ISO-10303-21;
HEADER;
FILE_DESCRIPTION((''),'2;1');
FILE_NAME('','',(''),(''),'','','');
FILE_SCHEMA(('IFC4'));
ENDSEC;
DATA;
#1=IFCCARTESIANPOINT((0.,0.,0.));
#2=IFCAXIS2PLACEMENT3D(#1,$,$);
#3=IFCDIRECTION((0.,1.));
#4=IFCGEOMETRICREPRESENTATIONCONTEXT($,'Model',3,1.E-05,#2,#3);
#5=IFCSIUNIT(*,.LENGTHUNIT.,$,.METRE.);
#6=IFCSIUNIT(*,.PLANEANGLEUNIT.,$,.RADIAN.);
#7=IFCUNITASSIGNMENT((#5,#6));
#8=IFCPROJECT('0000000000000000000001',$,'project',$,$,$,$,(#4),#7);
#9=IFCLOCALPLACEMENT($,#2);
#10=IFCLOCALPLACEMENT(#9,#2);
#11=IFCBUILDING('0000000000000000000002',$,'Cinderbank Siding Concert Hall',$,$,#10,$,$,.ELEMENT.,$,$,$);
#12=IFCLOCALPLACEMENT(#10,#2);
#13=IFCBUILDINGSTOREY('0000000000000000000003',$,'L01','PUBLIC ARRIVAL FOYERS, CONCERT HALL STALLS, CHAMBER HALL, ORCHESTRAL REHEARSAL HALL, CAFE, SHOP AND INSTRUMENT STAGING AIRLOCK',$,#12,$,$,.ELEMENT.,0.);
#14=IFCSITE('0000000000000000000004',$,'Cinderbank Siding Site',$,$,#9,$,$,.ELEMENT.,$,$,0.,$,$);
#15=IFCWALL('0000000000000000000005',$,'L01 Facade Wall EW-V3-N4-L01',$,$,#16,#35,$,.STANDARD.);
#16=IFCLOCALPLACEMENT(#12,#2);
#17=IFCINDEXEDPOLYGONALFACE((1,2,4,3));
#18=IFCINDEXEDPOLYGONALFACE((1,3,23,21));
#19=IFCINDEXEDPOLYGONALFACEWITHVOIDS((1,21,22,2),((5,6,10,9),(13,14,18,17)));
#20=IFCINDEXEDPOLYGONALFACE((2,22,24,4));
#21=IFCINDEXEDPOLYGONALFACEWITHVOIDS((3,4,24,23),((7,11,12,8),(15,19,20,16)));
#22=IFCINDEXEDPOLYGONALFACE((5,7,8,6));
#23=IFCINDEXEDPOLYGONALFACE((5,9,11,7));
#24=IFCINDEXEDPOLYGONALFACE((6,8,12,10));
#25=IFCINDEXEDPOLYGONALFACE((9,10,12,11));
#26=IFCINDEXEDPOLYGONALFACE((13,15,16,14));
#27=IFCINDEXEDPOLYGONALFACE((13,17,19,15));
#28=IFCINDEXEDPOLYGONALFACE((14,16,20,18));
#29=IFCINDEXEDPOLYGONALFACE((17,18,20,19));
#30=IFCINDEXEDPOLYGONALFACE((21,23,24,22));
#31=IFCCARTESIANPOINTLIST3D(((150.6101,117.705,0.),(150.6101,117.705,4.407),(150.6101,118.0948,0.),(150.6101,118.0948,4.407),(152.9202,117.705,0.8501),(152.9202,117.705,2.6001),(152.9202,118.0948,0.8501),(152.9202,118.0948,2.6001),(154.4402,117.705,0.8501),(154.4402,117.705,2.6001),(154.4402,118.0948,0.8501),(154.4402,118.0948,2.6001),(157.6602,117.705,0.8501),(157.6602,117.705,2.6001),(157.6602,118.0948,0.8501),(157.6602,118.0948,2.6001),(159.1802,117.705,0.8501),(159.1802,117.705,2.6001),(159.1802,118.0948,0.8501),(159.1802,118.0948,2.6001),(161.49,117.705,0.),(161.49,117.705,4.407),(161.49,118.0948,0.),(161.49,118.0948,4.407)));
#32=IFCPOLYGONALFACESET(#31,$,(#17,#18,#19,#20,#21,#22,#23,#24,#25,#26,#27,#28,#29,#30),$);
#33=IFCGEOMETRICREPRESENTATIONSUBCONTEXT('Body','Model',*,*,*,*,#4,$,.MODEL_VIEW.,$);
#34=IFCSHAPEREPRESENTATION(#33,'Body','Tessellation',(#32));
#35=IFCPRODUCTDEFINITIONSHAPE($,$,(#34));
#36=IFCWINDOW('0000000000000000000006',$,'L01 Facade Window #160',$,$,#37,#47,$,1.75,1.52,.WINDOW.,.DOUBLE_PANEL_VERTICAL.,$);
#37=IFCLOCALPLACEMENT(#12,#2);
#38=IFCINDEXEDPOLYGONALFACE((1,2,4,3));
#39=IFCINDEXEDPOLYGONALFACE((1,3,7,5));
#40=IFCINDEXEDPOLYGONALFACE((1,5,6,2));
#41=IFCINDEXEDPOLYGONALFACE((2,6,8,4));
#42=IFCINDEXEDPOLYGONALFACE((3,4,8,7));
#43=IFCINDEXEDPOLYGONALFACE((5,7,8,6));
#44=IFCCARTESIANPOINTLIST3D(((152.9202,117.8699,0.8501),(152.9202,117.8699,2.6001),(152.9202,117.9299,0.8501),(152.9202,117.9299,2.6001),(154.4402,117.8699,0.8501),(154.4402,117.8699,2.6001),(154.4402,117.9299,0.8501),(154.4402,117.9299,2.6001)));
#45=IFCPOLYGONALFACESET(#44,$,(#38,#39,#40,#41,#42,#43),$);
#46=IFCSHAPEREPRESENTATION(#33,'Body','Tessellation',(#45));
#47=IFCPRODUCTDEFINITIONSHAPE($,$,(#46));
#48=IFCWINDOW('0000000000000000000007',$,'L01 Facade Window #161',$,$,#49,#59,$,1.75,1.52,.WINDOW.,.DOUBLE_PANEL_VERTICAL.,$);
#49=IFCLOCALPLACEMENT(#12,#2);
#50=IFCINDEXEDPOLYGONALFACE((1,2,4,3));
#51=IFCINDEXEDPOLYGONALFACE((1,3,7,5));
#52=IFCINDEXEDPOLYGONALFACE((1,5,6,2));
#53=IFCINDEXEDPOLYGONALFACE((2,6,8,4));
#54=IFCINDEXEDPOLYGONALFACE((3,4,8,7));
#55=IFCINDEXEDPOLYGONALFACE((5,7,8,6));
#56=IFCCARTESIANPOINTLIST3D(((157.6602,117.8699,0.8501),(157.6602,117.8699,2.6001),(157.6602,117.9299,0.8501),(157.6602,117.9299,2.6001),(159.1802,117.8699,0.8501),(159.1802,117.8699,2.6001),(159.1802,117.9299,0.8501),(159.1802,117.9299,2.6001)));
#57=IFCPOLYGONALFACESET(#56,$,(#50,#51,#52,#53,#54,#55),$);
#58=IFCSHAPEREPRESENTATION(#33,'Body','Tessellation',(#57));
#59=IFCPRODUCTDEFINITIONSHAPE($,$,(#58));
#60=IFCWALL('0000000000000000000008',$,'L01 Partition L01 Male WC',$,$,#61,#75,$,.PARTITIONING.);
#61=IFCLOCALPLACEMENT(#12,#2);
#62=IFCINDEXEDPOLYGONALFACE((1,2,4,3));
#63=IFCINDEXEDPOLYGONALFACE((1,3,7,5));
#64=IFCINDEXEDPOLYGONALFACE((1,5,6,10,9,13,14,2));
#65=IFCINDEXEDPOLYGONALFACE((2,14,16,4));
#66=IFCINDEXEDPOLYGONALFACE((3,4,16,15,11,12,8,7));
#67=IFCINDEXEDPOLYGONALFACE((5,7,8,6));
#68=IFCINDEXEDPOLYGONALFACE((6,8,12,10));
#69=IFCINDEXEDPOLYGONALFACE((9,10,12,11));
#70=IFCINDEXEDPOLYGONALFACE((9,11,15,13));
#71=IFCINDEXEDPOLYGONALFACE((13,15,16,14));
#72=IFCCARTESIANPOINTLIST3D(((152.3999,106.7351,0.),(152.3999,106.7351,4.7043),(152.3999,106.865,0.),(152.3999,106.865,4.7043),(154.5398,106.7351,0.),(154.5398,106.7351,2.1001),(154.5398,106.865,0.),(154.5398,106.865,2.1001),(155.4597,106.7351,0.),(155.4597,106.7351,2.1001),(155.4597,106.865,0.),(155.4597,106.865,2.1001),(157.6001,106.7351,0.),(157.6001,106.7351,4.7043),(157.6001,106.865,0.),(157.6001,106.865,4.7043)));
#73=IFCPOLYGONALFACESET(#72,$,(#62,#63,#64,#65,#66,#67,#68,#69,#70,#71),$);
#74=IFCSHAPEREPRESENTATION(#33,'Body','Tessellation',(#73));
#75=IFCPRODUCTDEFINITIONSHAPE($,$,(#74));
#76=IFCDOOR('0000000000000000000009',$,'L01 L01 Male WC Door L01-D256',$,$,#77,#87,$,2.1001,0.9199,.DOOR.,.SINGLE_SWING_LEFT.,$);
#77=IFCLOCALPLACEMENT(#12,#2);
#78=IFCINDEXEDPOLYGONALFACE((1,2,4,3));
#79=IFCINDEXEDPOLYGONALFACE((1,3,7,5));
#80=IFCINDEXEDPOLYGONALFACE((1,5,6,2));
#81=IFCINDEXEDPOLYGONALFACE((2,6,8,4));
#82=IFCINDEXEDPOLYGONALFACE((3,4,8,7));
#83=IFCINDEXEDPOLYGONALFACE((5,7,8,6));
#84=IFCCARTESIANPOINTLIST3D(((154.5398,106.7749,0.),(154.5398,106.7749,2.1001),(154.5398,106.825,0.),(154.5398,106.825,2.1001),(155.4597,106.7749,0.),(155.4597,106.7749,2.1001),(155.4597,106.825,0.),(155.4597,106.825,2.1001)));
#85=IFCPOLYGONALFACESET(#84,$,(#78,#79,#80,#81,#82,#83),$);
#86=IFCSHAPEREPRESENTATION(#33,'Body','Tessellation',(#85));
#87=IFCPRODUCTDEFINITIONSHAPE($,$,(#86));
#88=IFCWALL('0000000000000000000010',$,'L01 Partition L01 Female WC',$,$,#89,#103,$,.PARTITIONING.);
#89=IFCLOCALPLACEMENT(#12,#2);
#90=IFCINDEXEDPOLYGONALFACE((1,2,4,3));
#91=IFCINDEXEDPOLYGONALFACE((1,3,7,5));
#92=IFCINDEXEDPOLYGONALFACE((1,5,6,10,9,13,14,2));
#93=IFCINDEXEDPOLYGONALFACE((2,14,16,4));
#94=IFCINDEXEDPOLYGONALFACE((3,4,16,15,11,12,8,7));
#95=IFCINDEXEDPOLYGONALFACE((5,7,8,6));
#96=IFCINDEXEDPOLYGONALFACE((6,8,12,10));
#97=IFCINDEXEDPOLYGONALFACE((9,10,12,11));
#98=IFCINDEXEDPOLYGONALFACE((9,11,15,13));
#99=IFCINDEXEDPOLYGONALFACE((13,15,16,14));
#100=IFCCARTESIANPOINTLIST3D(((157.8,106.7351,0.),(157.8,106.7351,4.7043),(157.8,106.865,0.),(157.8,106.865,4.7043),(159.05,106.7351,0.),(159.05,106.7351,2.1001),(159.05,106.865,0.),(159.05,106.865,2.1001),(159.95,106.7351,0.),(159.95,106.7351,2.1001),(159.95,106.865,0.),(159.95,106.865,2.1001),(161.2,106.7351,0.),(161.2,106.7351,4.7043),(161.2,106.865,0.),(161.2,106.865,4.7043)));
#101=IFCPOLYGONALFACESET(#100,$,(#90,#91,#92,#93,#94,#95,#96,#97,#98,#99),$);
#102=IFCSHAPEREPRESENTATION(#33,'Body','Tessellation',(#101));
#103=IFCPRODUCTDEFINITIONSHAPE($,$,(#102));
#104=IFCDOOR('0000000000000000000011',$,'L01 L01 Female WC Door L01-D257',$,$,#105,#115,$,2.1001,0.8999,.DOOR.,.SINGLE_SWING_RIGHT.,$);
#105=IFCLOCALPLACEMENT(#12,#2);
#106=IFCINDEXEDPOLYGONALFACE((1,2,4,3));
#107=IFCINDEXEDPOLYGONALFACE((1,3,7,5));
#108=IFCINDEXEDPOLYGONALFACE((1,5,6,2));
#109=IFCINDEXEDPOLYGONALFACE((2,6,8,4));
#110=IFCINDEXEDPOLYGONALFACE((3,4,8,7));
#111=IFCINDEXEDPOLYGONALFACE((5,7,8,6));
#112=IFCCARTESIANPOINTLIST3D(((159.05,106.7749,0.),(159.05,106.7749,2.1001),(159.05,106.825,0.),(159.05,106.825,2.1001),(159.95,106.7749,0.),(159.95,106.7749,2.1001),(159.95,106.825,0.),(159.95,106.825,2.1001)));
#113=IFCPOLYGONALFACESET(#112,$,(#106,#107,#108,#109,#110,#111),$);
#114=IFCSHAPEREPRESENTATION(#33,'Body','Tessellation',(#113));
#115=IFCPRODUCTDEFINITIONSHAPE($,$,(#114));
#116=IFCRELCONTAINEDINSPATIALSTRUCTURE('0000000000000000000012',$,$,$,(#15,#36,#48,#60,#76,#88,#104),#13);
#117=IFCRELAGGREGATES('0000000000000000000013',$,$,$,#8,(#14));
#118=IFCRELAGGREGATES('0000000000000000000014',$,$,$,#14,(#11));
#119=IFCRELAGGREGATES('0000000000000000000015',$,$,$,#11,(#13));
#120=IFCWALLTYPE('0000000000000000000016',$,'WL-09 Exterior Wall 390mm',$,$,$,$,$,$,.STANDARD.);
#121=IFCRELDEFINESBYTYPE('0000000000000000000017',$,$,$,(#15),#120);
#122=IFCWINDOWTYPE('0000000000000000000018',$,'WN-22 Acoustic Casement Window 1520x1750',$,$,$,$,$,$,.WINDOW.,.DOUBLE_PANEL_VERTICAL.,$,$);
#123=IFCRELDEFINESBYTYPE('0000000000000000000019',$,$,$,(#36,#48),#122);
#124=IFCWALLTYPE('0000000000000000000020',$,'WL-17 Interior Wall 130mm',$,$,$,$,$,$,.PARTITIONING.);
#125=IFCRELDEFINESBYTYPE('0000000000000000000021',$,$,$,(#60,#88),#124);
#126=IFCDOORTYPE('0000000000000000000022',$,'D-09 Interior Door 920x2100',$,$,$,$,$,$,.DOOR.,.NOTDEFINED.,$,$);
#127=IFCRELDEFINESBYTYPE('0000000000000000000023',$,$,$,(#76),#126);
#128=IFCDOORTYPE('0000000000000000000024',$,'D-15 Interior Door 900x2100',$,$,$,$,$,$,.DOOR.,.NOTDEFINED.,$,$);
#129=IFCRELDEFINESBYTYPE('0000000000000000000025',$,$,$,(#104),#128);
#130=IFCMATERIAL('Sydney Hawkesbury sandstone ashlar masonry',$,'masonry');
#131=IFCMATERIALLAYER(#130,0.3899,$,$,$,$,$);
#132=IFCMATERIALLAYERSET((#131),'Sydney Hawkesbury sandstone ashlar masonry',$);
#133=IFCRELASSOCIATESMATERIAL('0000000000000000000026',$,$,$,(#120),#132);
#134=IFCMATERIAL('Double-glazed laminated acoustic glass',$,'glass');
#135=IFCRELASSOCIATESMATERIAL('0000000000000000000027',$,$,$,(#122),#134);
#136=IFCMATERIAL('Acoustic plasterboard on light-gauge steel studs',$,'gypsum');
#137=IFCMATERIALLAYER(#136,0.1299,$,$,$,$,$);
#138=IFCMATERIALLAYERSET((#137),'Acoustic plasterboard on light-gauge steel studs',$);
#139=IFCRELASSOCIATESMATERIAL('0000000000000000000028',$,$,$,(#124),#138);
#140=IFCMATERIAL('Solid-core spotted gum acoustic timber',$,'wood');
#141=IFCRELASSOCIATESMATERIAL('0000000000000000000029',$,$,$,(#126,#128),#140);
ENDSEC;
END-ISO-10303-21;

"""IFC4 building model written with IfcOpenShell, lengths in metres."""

from ifc_helpers import new_model, si_unit, direction, frame, frame_2d, origin, place, context, subcontext, project, spatial, rectangle, extrude, material, layer, layer_set, type_object, element, fill, save


model = new_model("IFC4")

# Units and contexts
model_context = context("Model", 3, precision=1e-05, world=origin(), true_north=direction((0.0, 1.0)))
body_context = subcontext(model_context, "Body", "Model", "MODEL_VIEW")
ifc_project = project(units=[si_unit("LENGTHUNIT", "METRE"), si_unit("PLANEANGLEUNIT", "RADIAN")], contexts=[model_context])

# Site, building, storey
site_placement = place(None, origin())
site = spatial("IfcSite", under=ifc_project, at=site_placement, Name="Cinderbank Siding Site", CompositionType="ELEMENT", RefElevation=0.0)
building_placement = place(site_placement, origin())
building = spatial("IfcBuilding", under=site, at=building_placement, Name="Cinderbank Siding Concert Hall", CompositionType="ELEMENT")
storey_placement = place(building_placement, origin())
storey = spatial("IfcBuildingStorey", under=building, at=storey_placement, Name="L01", Description="PUBLIC ARRIVAL FOYERS, CONCERT HALL STALLS, CHAMBER HALL, ORCHESTRAL REHEARSAL HALL, CAFE, SHOP AND INSTRUMENT STAGING AIRLOCK", CompositionType="ELEMENT", Elevation=0.0)

# Wall, openings, windows
ifc_material_1 = material(Name="Sydney Hawkesbury sandstone ashlar masonry", Category="masonry")
ifc_layer_1 = layer(ifc_material_1, 0.3899)
ifc_layer_set_1 = layer_set([ifc_layer_1], Name="Sydney Hawkesbury sandstone ashlar masonry")
wall_type_1 = type_object("IfcWallType", Name="WL-09 Exterior Wall 390mm", PredefinedType="STANDARD", material=ifc_layer_set_1)
wall_1_placement = place(storey_placement, frame((150.6101, 117.8999, 0.0), z_axis=(0.0, 0.0, 1.0), x_axis=(1.0, 0.0, 0.0)))
wall_1 = element("IfcWall", 1, at=wall_1_placement, inside=storey, type_object=wall_type_1, Name="L01 Facade Wall EW-V3-N4-L01", PredefinedType="STANDARD", context=body_context, shape_type="SweptSolid", body=[
    extrude(rectangle(XDim=10.8799, YDim=0.3899, at=frame_2d((5.4399, 0.0))), origin(), (0.0, 0.0, 1.0), 4.407),
])
opening_1_placement = place(wall_1_placement, frame((2.3101, 0.0, 0.8501)))
opening_1 = element("IfcOpeningElement", 2, at=opening_1_placement, cuts=wall_1, PredefinedType="OPENING", context=body_context, shape_type="SweptSolid", body=[
    extrude(rectangle(XDim=1.52, YDim=1.75, at=frame_2d((0.76, 0.875))), frame((0.0, 0.207, 0.0), z_axis=(0.0, -1.0, 0.0), x_axis=(1.0, 0.0, 0.0)), (0.0, 0.0, 1.0), 0.4138),
])
opening_2_placement = place(wall_1_placement, frame((7.05, 0.0, 0.8501)))
opening_2 = element("IfcOpeningElement", 3, at=opening_2_placement, cuts=wall_1, PredefinedType="OPENING", context=body_context, shape_type="SweptSolid", body=[
    extrude(rectangle(XDim=1.52, YDim=1.75, at=frame_2d((0.76, 0.875))), frame((0.0, 0.207, 0.0), z_axis=(0.0, -1.0, 0.0), x_axis=(1.0, 0.0, 0.0)), (0.0, 0.0, 1.0), 0.4138),
])
ifc_material_2 = material(Name="Double-glazed laminated acoustic glass", Category="glass")
window_type = type_object("IfcWindowType", Name="WN-22 Acoustic Casement Window 1520x1750", PartitioningType="DOUBLE_PANEL_VERTICAL", PredefinedType="WINDOW", material=ifc_material_2)
window_1_placement = place(opening_1_placement, origin())
window_1 = element("IfcWindow", 4, at=window_1_placement, inside=storey, type_object=window_type, Name="L01 Facade Window #160", OverallHeight=1.75, OverallWidth=1.52, PartitioningType="DOUBLE_PANEL_VERTICAL", PredefinedType="WINDOW", context=body_context, shape_type="SweptSolid", body=[
    extrude(rectangle(XDim=1.52, YDim=1.75, at=frame_2d((0.76, 0.875))), frame((0.0, 0.03, 0.0), z_axis=(0.0, -1.0, 0.0), x_axis=(1.0, 0.0, 0.0)), (0.0, 0.0, 1.0), 0.0601),
])
fill(opening_1, window_1)
window_2_placement = place(opening_2_placement, origin())
window_2 = element("IfcWindow", 5, at=window_2_placement, inside=storey, type_object=window_type, Name="L01 Facade Window #161", OverallHeight=1.75, OverallWidth=1.52, PartitioningType="DOUBLE_PANEL_VERTICAL", PredefinedType="WINDOW", context=body_context, shape_type="SweptSolid", body=[
    extrude(rectangle(XDim=1.52, YDim=1.75, at=frame_2d((0.76, 0.875))), frame((0.0, 0.03, 0.0), z_axis=(0.0, -1.0, 0.0), x_axis=(1.0, 0.0, 0.0)), (0.0, 0.0, 1.0), 0.0601),
])
fill(opening_2, window_2)

# Walls, openings, doors
ifc_material_3 = material(Name="Acoustic plasterboard on light-gauge steel studs", Category="gypsum")
ifc_layer_2 = layer(ifc_material_3, 0.1299)
ifc_layer_set_2 = layer_set([ifc_layer_2], Name="Acoustic plasterboard on light-gauge steel studs")
wall_type_2 = type_object("IfcWallType", Name="WL-17 Interior Wall 130mm", PredefinedType="PARTITIONING", material=ifc_layer_set_2)
wall_2_placement = place(storey_placement, frame((152.3999, 106.8, 0.0), z_axis=(0.0, 0.0, 1.0), x_axis=(1.0, 0.0, 0.0)))
wall_2 = element("IfcWall", 6, at=wall_2_placement, inside=storey, type_object=wall_type_2, Name="L01 Partition L01 Male WC", PredefinedType="PARTITIONING", context=body_context, shape_type="SweptSolid", body=[
    extrude(rectangle(XDim=5.2002, YDim=0.1299, at=frame_2d((2.6001, 0.0))), origin(), (0.0, 0.0, 1.0), 4.7043),
])
opening_3_placement = place(wall_2_placement, frame((2.1399, 0.0, 0.0)))
opening_3 = element("IfcOpeningElement", 7, at=opening_3_placement, cuts=wall_2, PredefinedType="OPENING", context=body_context, shape_type="SweptSolid", body=[
    extrude(rectangle(XDim=0.9199, YDim=2.1001, at=frame_2d((0.46, 1.05))), frame((0.0, 0.0769, 0.0), z_axis=(0.0, -1.0, 0.0), x_axis=(1.0, 0.0, 0.0)), (0.0, 0.0, 1.0), 0.1538),
])
ifc_material_4 = material(Name="Solid-core spotted gum acoustic timber", Category="wood")
door_type_1 = type_object("IfcDoorType", Name="D-09 Interior Door 920x2100", OperationType="NOTDEFINED", PredefinedType="DOOR", material=ifc_material_4)
door_1_placement = place(opening_3_placement, origin())
door_1 = element("IfcDoor", 8, at=door_1_placement, inside=storey, type_object=door_type_1, Name="L01 L01 Male WC Door L01-D256", OperationType="SINGLE_SWING_LEFT", OverallHeight=2.1001, OverallWidth=0.9199, PredefinedType="DOOR", context=body_context, shape_type="SweptSolid", body=[
    extrude(rectangle(XDim=0.9199, YDim=2.1001, at=frame_2d((0.46, 1.05))), frame((0.0, 0.0249, 0.0), z_axis=(0.0, -1.0, 0.0), x_axis=(1.0, 0.0, 0.0)), (0.0, 0.0, 1.0), 0.05),
])
fill(opening_3, door_1)
wall_3_placement = place(storey_placement, frame((157.8, 106.8, 0.0), z_axis=(0.0, 0.0, 1.0), x_axis=(1.0, 0.0, 0.0)))
wall_3 = element("IfcWall", 9, at=wall_3_placement, inside=storey, type_object=wall_type_2, Name="L01 Partition L01 Female WC", PredefinedType="PARTITIONING", context=body_context, shape_type="SweptSolid", body=[
    extrude(rectangle(XDim=3.3999, YDim=0.1299, at=frame_2d((1.7, 0.0))), origin(), (0.0, 0.0, 1.0), 4.7043),
])
opening_4_placement = place(wall_3_placement, frame((1.25, 0.0, 0.0)))
opening_4 = element("IfcOpeningElement", 10, at=opening_4_placement, cuts=wall_3, PredefinedType="OPENING", context=body_context, shape_type="SweptSolid", body=[
    extrude(rectangle(XDim=0.8999, YDim=2.1001, at=frame_2d((0.45, 1.05))), frame((0.0, 0.0769, 0.0), z_axis=(0.0, -1.0, 0.0), x_axis=(1.0, 0.0, 0.0)), (0.0, 0.0, 1.0), 0.1538),
])
door_type_2 = type_object("IfcDoorType", Name="D-15 Interior Door 900x2100", OperationType="NOTDEFINED", PredefinedType="DOOR", material=ifc_material_4)
door_2_placement = place(opening_4_placement, origin())
door_2 = element("IfcDoor", 11, at=door_2_placement, inside=storey, type_object=door_type_2, Name="L01 L01 Female WC Door L01-D257", OperationType="SINGLE_SWING_RIGHT", OverallHeight=2.1001, OverallWidth=0.8999, PredefinedType="DOOR", context=body_context, shape_type="SweptSolid", body=[
    extrude(rectangle(XDim=0.8999, YDim=2.1001, at=frame_2d((0.45, 1.05))), frame((0.0, 0.0249, 0.0), z_axis=(0.0, -1.0, 0.0), x_axis=(1.0, 0.0, 0.0)), (0.0, 0.0, 1.0), 0.05),
])
fill(opening_4, door_2)

save(model, "model.ifc")
